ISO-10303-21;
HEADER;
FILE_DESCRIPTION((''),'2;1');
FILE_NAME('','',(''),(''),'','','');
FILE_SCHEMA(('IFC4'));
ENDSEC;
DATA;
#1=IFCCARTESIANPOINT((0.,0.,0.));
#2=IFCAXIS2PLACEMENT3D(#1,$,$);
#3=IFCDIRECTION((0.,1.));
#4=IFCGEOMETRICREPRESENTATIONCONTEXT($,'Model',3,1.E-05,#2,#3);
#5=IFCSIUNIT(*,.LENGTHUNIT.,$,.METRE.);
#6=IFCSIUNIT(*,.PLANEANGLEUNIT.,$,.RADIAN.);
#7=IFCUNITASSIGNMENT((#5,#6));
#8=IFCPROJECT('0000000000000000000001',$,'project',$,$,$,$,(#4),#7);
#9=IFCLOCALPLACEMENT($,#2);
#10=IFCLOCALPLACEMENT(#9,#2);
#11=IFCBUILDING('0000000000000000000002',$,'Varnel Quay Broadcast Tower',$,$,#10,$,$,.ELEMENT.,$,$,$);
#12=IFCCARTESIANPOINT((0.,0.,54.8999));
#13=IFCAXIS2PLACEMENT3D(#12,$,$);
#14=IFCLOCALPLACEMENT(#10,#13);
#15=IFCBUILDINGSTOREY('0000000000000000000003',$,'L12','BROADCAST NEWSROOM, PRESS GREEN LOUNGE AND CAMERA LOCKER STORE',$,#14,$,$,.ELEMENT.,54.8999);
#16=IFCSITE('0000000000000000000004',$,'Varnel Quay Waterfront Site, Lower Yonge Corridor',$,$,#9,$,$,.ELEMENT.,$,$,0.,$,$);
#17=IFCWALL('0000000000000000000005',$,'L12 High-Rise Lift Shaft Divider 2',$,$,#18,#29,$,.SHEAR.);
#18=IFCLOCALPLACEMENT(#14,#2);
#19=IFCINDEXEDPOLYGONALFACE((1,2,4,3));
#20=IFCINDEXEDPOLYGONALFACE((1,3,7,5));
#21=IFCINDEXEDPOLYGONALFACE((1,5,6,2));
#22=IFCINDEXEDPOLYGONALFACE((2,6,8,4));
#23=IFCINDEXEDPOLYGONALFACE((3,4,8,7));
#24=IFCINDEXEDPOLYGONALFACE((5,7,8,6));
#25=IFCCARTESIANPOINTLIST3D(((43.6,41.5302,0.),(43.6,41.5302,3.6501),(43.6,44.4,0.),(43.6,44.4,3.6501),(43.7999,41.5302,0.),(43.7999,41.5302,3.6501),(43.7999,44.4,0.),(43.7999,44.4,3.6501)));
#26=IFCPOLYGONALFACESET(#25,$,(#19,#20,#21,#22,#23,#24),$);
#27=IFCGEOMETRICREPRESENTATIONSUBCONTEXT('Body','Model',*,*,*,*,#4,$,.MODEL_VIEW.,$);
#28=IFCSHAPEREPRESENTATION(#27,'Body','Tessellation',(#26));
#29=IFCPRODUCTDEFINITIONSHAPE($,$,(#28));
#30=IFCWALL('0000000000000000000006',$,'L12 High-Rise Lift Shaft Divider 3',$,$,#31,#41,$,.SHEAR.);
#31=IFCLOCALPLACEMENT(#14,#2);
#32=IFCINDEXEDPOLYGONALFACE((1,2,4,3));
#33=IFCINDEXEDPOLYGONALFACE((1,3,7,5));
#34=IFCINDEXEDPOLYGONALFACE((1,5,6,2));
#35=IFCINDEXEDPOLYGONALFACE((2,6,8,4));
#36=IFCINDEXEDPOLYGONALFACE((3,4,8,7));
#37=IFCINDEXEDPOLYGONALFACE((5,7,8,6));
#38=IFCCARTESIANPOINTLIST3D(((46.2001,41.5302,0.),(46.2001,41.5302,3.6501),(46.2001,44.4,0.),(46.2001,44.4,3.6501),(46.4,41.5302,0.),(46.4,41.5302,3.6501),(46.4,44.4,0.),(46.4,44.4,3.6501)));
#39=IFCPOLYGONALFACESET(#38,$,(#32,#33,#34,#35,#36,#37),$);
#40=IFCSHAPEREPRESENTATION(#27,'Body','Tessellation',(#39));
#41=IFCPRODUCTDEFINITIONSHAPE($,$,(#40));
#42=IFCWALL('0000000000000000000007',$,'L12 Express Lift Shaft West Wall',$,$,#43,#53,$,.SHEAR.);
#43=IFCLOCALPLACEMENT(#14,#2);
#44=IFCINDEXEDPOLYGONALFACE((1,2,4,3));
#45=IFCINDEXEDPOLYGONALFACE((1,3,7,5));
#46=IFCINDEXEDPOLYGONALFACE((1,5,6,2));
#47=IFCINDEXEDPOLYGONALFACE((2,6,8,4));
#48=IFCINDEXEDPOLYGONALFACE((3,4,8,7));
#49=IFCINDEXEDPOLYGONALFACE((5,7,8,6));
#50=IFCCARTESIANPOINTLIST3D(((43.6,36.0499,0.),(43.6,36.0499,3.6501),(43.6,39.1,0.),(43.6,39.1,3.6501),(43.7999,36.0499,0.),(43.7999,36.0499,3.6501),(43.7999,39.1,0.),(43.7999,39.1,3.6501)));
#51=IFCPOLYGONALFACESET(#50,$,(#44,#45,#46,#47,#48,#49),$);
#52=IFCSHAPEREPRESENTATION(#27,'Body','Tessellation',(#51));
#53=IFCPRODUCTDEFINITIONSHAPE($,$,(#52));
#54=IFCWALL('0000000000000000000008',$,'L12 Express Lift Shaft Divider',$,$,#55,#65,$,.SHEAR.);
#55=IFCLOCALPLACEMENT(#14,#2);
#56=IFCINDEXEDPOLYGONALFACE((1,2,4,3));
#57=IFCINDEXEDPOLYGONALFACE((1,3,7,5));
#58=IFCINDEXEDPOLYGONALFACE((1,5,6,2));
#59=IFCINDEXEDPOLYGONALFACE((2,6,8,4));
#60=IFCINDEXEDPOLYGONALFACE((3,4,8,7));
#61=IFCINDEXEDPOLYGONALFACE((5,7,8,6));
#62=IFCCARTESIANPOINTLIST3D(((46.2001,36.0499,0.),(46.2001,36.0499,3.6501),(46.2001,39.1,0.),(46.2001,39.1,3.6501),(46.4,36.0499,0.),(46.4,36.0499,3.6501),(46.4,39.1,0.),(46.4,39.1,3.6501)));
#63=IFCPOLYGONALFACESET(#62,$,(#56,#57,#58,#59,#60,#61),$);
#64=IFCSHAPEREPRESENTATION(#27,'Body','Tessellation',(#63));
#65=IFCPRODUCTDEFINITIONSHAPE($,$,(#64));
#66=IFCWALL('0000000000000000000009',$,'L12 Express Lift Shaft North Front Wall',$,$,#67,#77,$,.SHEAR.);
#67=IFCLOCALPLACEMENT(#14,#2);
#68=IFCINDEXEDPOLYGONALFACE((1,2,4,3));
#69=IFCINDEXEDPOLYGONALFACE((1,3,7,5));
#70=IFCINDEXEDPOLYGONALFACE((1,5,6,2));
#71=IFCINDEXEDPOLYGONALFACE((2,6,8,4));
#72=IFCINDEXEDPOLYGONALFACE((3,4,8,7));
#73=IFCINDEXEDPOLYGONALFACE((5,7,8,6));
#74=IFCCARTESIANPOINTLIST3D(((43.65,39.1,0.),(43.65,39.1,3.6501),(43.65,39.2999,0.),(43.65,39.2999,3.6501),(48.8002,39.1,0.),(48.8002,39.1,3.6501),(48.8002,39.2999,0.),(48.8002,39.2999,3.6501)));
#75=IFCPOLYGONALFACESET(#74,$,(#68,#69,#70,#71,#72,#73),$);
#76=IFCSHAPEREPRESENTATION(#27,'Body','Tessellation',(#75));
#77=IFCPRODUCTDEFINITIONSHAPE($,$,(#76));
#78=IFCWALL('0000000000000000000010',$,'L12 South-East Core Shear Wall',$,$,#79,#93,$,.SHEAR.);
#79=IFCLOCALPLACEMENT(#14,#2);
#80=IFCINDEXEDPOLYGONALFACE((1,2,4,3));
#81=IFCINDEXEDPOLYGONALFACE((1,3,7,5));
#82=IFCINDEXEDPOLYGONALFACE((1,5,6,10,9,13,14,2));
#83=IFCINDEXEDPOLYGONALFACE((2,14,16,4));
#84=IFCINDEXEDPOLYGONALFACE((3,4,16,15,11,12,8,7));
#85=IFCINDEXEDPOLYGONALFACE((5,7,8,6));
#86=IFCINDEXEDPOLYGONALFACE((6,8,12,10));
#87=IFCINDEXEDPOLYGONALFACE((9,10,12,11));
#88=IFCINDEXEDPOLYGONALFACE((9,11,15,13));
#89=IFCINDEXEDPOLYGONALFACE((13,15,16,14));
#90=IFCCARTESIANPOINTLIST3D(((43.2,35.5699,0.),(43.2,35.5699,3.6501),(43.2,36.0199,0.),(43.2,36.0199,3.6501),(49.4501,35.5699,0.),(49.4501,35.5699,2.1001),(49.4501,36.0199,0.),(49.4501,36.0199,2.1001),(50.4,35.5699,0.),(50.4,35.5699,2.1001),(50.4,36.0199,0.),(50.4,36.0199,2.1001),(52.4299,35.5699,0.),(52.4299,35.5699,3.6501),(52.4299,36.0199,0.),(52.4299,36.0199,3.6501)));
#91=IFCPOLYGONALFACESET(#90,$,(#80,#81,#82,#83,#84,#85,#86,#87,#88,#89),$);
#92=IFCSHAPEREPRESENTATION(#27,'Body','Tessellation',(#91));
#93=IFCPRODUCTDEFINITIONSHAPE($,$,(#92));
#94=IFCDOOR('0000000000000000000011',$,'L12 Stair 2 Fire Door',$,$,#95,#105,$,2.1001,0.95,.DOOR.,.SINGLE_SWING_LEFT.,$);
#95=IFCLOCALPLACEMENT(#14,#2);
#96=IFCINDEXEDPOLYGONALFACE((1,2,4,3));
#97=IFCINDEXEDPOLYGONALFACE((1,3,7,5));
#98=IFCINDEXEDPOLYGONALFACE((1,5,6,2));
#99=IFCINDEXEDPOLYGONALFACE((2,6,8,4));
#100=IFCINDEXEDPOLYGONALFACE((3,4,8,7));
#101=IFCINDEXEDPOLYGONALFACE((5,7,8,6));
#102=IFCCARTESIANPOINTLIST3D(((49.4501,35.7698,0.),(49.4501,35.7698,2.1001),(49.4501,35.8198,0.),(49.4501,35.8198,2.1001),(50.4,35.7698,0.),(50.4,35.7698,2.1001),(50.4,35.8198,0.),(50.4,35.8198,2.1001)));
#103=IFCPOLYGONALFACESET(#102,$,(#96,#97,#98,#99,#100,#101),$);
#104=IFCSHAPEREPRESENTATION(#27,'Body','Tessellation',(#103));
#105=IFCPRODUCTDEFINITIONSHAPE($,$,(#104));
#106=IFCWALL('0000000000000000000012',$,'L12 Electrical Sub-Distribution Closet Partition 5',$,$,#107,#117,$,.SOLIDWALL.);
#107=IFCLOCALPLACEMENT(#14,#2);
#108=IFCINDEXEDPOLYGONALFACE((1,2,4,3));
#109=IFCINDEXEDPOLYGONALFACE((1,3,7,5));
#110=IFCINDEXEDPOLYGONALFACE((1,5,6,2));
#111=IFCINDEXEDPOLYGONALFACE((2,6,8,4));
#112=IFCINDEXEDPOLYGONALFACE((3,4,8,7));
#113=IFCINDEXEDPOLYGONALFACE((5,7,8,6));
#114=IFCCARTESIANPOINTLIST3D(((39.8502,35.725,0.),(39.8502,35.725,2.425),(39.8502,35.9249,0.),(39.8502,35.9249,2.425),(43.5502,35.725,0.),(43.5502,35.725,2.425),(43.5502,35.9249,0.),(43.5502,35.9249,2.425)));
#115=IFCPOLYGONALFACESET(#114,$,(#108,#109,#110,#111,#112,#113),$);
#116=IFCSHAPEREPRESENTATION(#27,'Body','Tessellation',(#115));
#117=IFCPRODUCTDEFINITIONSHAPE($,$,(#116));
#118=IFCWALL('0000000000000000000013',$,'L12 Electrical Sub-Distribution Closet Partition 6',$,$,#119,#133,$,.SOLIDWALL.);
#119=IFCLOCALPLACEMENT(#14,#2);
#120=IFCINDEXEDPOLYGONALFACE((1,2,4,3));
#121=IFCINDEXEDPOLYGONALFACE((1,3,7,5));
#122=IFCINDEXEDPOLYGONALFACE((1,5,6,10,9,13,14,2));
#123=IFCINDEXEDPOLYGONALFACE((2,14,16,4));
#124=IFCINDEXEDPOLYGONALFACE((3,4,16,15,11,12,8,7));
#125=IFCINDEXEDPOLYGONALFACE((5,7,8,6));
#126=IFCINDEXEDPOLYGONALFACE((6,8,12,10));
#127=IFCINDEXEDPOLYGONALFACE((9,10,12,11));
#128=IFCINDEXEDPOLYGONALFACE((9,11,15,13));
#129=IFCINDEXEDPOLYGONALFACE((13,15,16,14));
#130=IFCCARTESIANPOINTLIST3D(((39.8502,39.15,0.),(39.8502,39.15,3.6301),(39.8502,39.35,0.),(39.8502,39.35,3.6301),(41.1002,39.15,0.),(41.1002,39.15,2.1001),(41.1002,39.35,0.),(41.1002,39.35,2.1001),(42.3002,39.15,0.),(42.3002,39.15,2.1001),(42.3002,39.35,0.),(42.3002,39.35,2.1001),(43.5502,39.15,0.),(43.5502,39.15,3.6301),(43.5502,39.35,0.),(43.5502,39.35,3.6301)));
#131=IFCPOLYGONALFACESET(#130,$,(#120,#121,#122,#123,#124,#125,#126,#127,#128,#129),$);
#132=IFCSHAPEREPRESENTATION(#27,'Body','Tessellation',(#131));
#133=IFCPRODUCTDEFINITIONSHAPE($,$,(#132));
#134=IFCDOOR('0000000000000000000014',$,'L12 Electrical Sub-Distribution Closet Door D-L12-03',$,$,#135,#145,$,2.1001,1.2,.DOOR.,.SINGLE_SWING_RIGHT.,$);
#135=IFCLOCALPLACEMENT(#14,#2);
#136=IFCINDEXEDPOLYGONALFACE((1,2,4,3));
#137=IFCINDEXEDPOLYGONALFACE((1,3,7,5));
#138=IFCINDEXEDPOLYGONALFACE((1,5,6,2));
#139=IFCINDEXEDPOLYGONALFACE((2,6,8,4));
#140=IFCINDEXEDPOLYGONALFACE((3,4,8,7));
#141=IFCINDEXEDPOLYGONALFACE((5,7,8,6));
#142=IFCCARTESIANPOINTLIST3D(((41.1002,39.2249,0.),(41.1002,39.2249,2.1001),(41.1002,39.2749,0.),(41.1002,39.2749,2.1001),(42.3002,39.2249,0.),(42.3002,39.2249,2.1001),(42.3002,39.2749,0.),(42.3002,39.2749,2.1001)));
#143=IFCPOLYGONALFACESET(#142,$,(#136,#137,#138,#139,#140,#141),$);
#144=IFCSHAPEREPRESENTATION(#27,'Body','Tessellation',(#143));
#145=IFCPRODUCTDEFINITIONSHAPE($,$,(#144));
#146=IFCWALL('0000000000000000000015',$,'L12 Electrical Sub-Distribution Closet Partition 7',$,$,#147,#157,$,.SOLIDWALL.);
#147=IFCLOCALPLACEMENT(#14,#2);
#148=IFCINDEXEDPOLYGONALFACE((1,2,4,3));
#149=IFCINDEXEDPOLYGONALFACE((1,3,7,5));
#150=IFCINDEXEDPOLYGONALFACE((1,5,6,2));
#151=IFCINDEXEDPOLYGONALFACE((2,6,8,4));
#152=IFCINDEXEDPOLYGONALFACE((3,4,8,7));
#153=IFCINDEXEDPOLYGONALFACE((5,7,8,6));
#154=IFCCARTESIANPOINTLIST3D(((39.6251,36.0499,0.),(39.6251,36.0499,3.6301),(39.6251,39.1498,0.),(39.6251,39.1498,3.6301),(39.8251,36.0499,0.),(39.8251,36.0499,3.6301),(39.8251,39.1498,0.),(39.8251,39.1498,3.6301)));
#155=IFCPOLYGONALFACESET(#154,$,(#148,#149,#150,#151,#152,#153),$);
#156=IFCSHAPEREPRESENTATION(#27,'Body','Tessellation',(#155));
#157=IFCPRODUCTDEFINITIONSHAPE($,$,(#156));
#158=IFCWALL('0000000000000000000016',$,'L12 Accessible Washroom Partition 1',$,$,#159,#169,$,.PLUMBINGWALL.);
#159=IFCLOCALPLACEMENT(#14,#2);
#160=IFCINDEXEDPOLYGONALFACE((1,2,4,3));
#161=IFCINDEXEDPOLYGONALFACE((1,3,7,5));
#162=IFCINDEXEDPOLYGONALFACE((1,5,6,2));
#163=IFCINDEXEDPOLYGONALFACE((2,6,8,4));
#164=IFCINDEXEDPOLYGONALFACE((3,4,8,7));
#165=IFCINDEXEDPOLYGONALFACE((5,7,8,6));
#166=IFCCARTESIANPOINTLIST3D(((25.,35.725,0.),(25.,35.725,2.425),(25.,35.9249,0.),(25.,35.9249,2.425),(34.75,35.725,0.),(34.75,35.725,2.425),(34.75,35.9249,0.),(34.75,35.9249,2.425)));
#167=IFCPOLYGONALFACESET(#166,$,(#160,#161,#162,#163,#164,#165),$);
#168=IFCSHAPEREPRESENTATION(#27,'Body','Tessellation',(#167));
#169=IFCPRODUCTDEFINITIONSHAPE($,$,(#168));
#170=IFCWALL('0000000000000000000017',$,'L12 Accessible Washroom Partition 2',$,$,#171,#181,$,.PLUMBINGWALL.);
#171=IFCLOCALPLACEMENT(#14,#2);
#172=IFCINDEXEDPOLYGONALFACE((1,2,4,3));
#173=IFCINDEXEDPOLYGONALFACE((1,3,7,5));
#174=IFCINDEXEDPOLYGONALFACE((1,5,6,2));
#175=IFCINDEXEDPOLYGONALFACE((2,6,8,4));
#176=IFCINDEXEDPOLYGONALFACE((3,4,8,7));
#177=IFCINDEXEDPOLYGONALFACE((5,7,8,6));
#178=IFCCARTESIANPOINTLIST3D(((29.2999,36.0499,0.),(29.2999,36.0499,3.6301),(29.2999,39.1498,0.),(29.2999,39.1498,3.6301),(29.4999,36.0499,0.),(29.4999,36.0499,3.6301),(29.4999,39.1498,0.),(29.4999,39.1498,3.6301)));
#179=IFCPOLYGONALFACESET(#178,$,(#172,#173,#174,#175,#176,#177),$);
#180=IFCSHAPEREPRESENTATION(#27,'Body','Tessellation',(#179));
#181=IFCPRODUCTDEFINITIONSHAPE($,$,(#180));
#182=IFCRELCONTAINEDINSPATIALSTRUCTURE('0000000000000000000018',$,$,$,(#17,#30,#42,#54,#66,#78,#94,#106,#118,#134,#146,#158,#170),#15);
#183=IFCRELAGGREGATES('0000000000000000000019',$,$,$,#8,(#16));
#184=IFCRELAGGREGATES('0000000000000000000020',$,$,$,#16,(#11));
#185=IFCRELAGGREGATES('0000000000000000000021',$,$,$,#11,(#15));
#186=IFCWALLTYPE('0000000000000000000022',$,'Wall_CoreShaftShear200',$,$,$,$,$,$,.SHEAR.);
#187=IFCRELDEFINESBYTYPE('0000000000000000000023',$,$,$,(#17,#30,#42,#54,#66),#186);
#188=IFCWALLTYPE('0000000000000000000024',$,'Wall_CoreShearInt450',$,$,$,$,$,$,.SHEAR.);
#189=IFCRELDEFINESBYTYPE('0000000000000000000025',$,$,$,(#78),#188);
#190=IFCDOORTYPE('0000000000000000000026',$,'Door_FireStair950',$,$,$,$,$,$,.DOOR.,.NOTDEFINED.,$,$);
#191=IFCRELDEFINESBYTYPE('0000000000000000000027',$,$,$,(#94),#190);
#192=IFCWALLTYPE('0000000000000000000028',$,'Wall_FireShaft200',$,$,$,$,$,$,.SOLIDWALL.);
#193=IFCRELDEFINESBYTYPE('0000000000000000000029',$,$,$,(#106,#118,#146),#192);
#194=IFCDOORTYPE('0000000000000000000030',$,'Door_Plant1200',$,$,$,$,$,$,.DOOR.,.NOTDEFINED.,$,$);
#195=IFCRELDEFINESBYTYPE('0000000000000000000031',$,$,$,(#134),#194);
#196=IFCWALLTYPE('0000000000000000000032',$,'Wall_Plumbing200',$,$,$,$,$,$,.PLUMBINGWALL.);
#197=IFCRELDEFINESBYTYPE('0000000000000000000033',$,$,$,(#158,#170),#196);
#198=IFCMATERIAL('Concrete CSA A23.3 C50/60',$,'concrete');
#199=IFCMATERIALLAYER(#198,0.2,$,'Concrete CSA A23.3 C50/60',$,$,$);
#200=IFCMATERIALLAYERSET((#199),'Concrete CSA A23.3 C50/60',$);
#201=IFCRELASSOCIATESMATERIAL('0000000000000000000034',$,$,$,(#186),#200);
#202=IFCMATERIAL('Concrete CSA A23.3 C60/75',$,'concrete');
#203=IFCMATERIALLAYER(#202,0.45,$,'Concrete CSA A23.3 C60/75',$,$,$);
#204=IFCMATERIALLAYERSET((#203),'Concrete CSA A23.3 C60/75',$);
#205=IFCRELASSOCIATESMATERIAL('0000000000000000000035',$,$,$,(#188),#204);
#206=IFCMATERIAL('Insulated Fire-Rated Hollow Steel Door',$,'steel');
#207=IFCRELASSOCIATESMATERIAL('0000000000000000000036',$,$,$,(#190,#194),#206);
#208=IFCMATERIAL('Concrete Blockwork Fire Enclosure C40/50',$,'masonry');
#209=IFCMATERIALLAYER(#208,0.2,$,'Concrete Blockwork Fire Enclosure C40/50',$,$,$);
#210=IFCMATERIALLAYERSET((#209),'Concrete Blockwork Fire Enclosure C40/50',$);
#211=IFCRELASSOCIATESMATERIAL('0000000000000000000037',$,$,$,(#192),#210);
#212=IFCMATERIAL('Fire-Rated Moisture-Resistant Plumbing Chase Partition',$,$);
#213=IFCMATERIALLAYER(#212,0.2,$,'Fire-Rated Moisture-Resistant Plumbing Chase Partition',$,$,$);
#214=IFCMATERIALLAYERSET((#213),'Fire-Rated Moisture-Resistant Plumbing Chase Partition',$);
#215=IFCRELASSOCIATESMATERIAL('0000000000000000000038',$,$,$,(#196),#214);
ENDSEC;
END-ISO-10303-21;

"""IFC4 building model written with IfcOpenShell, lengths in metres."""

from ifc_helpers import new_model, si_unit, direction, frame, frame_2d, origin, place, context, subcontext, project, spatial, rectangle, extrude, source, transform, mapped, material, layer, layer_set, type_object, type_shapes, element, fill, save


model = new_model("IFC4")

# Units and contexts
model_context = context("Model", 3, precision=1e-05, world=origin(), true_north=direction((0.0, 1.0)))
body_context = subcontext(model_context, "Body", "Model", "MODEL_VIEW")
ifc_project = project(units=[si_unit("LENGTHUNIT", "METRE"), si_unit("PLANEANGLEUNIT", "RADIAN")], contexts=[model_context])

# Site, building, storey
site_placement = place(None, origin())
site = spatial("IfcSite", under=ifc_project, at=site_placement, Name="Varnel Quay Waterfront Site, Lower Yonge Corridor", CompositionType="ELEMENT", RefElevation=0.0)
building_placement = place(site_placement, origin())
building = spatial("IfcBuilding", under=site, at=building_placement, Name="Varnel Quay Broadcast Tower", CompositionType="ELEMENT")
storey_placement = place(building_placement, frame((0.0, 0.0, 54.8999)))
storey = spatial("IfcBuildingStorey", under=building, at=storey_placement, Name="L12", Description="BROADCAST NEWSROOM, PRESS GREEN LOUNGE AND CAMERA LOCKER STORE", CompositionType="ELEMENT", Elevation=54.8999)

# Shared definitions
ifc_material_1 = material(Name="Concrete CSA A23.3 C60/75", Category="concrete")

# Walls
ifc_material_2 = material(Name="Concrete CSA A23.3 C50/60", Category="concrete")
ifc_layer_1 = layer(ifc_material_2, 0.2, Name="Concrete CSA A23.3 C50/60")
ifc_layer_set_1 = layer_set([ifc_layer_1], Name="Concrete CSA A23.3 C50/60")
wall_type_1 = type_object("IfcWallType", Name="Wall_CoreShaftShear200", PredefinedType="SHEAR", material=ifc_layer_set_1)
for number, where, z_axis, x_axis, name in (
    (1, (43.7, 41.53, 0.0), (0.0, 0.0, 1.0), (0.0, 1.0, 0.0), "L12 High-Rise Lift Shaft Divider 2"),
    (2, (46.3, 41.53, 0.0), (0.0, 0.0, 1.0), (0.0, 1.0, 0.0), "L12 High-Rise Lift Shaft Divider 3"),
):
    element("IfcWall", number, at=place(storey_placement, frame(where, z_axis=z_axis, x_axis=x_axis)), inside=storey, type_object=wall_type_1, Name=name, PredefinedType="SHEAR", context=body_context, shape_type="SweptSolid", body=[
        extrude(rectangle(XDim=2.8699, YDim=0.2, at=frame_2d((1.4351, 0.0))), origin(), (0.0, 0.0, 1.0), 3.6501),
    ])
for number, where, z_axis, x_axis, name in (
    (3, (43.7, 36.05, 0.0), (0.0, 0.0, 1.0), (0.0, 1.0, 0.0), "L12 Express Lift Shaft West Wall"),
    (4, (46.3, 36.05, 0.0), (0.0, 0.0, 1.0), (0.0, 1.0, 0.0), "L12 Express Lift Shaft Divider"),
):
    element("IfcWall", number, at=place(storey_placement, frame(where, z_axis=z_axis, x_axis=x_axis)), inside=storey, type_object=wall_type_1, Name=name, PredefinedType="SHEAR", context=body_context, shape_type="SweptSolid", body=[
        extrude(rectangle(XDim=3.05, YDim=0.2, at=frame_2d((1.5249, 0.0))), origin(), (0.0, 0.0, 1.0), 3.6501),
    ])
wall_1_placement = place(storey_placement, frame((43.6499, 39.2, 0.0), z_axis=(0.0, 0.0, 1.0), x_axis=(1.0, 0.0, 0.0)))
element("IfcWall", 5, at=wall_1_placement, inside=storey, type_object=wall_type_1, Name="L12 Express Lift Shaft North Front Wall", PredefinedType="SHEAR", context=body_context, shape_type="SweptSolid", body=[
    extrude(rectangle(XDim=5.1501, YDim=0.2, at=frame_2d((2.5752, 0.0))), origin(), (0.0, 0.0, 1.0), 3.6501),
])

# Wall, opening, door
ifc_layer_2 = layer(ifc_material_1, 0.45, Name="Concrete CSA A23.3 C60/75")
ifc_layer_set_2 = layer_set([ifc_layer_2], Name="Concrete CSA A23.3 C60/75")
wall_type_2 = type_object("IfcWallType", Name="Wall_CoreShearInt450", PredefinedType="SHEAR", material=ifc_layer_set_2)
wall_2_placement = place(storey_placement, frame((43.2, 35.7949, 0.0), z_axis=(0.0, 0.0, 1.0), x_axis=(1.0, 0.0, 0.0)))
wall_2 = element("IfcWall", 6, at=wall_2_placement, inside=storey, type_object=wall_type_2, Name="L12 South-East Core Shear Wall", PredefinedType="SHEAR", context=body_context, shape_type="SweptSolid", body=[
    extrude(rectangle(XDim=9.23, YDim=0.45, at=frame_2d((4.615, 0.0))), origin(), (0.0, 0.0, 1.0), 3.6501),
])
opening_1_placement = place(wall_2_placement, frame((6.25, 0.0, 0.0)))
opening_1 = element("IfcOpeningElement", 7, at=opening_1_placement, cuts=wall_2, PredefinedType="OPENING", context=body_context, shape_type="SweptSolid", body=[
    extrude(rectangle(XDim=0.95, YDim=2.1001, at=frame_2d((0.4751, 1.05))), frame((0.0, 0.2349, 0.0), z_axis=(0.0, -1.0, 0.0), x_axis=(1.0, 0.0, 0.0)), (0.0, 0.0, 1.0), 0.47),
])
ifc_material_3 = material(Name="Insulated Fire-Rated Hollow Steel Door", Category="steel")
door_type_1 = type_object("IfcDoorType", Name="Door_FireStair950", OperationType="NOTDEFINED", PredefinedType="DOOR", material=ifc_material_3)
shared_shape_1 = source(origin(), body_context, "Body", "SweptSolid", [
    extrude(rectangle(XDim=0.95, YDim=2.1001, at=frame_2d((0.4751, 1.05))), frame((0.0, 0.0249, 0.0), z_axis=(0.0, -1.0, 0.0), x_axis=(1.0, 0.0, 0.0)), (0.0, 0.0, 1.0), 0.05),
])
type_shapes(door_type_1, [shared_shape_1])
door_1_placement = place(opening_1_placement, origin())
door_1 = element("IfcDoor", 8, at=door_1_placement, inside=storey, type_object=door_type_1, Name="L12 Stair 2 Fire Door", OperationType="SINGLE_SWING_LEFT", OverallHeight=2.1001, OverallWidth=0.95, PredefinedType="DOOR", context=body_context, shape_type="MappedRepresentation", body=[
    mapped(shared_shape_1, transform((0.0, 0.0, 0.0), x_axis=(1.0, 0.0, 0.0), y_axis=(0.0, 1.0, 0.0), z_axis=(0.0, 0.0, 1.0), scale=1.0)),
])
fill(opening_1, door_1)

# Wall
ifc_material_4 = material(Name="Concrete Blockwork Fire Enclosure C40/50", Category="masonry")
ifc_layer_3 = layer(ifc_material_4, 0.2, Name="Concrete Blockwork Fire Enclosure C40/50")
ifc_layer_set_3 = layer_set([ifc_layer_3], Name="Concrete Blockwork Fire Enclosure C40/50")
wall_type_3 = type_object("IfcWallType", Name="Wall_FireShaft200", PredefinedType="SOLIDWALL", material=ifc_layer_set_3)
wall_3_placement = place(storey_placement, frame((39.8501, 35.825, 0.0), z_axis=(0.0, 0.0, 1.0), x_axis=(1.0, 0.0, 0.0)))
element("IfcWall", 9, at=wall_3_placement, inside=storey, type_object=wall_type_3, Name="L12 Electrical Sub-Distribution Closet Partition 5", PredefinedType="SOLIDWALL", context=body_context, shape_type="SweptSolid", body=[
    extrude(rectangle(XDim=3.7, YDim=0.2, at=frame_2d((1.8501, 0.0))), origin(), (0.0, 0.0, 1.0), 2.425),
])

# Wall, opening, door
wall_4_placement = place(storey_placement, frame((39.8501, 39.25, 0.0), z_axis=(0.0, 0.0, 1.0), x_axis=(1.0, 0.0, 0.0)))
wall_4 = element("IfcWall", 10, at=wall_4_placement, inside=storey, type_object=wall_type_3, Name="L12 Electrical Sub-Distribution Closet Partition 6", PredefinedType="SOLIDWALL", context=body_context, shape_type="SweptSolid", body=[
    extrude(rectangle(XDim=3.7, YDim=0.2, at=frame_2d((1.8501, 0.0))), origin(), (0.0, 0.0, 1.0), 3.6301),
])
opening_2_placement = place(wall_4_placement, frame((1.25, 0.0, 0.0)))
opening_2 = element("IfcOpeningElement", 11, at=opening_2_placement, cuts=wall_4, PredefinedType="OPENING", context=body_context, shape_type="SweptSolid", body=[
    extrude(rectangle(XDim=1.2, YDim=2.1001, at=frame_2d((0.6001, 1.05))), frame((0.0, 0.1099, 0.0), z_axis=(0.0, -1.0, 0.0), x_axis=(1.0, 0.0, 0.0)), (0.0, 0.0, 1.0), 0.22),
])
door_type_2 = type_object("IfcDoorType", Name="Door_Plant1200", OperationType="NOTDEFINED", PredefinedType="DOOR", material=ifc_material_3)
shared_shape_2 = source(origin(), body_context, "Body", "SweptSolid", [
    extrude(rectangle(XDim=1.2, YDim=2.1001, at=frame_2d((0.6001, 1.05))), frame((0.0, 0.0249, 0.0), z_axis=(0.0, -1.0, 0.0), x_axis=(1.0, 0.0, 0.0)), (0.0, 0.0, 1.0), 0.05),
])
type_shapes(door_type_2, [shared_shape_2])
door_2_placement = place(opening_2_placement, origin())
door_2 = element("IfcDoor", 12, at=door_2_placement, inside=storey, type_object=door_type_2, Name="L12 Electrical Sub-Distribution Closet Door D-L12-03", OperationType="SINGLE_SWING_RIGHT", OverallHeight=2.1001, OverallWidth=1.2, PredefinedType="DOOR", context=body_context, shape_type="MappedRepresentation", body=[
    mapped(shared_shape_2, transform((0.0, 0.0, 0.0), x_axis=(1.0, 0.0, 0.0), y_axis=(0.0, 1.0, 0.0), z_axis=(0.0, 0.0, 1.0), scale=1.0)),
])
fill(opening_2, door_2)

# Walls
wall_5_placement = place(storey_placement, frame((39.7251, 36.05, 0.0), z_axis=(0.0, 0.0, 1.0), x_axis=(0.0, 1.0, 0.0)))
element("IfcWall", 13, at=wall_5_placement, inside=storey, type_object=wall_type_3, Name="L12 Electrical Sub-Distribution Closet Partition 7", PredefinedType="SOLIDWALL", context=body_context, shape_type="SweptSolid", body=[
    extrude(rectangle(XDim=3.0999, YDim=0.2, at=frame_2d((1.5498, 0.0))), origin(), (0.0, 0.0, 1.0), 3.6301),
])
ifc_material_5 = material(Name="Fire-Rated Moisture-Resistant Plumbing Chase Partition")
ifc_layer_4 = layer(ifc_material_5, 0.2, Name="Fire-Rated Moisture-Resistant Plumbing Chase Partition")
ifc_layer_set_4 = layer_set([ifc_layer_4], Name="Fire-Rated Moisture-Resistant Plumbing Chase Partition")
wall_type_4 = type_object("IfcWallType", Name="Wall_Plumbing200", PredefinedType="PLUMBINGWALL", material=ifc_layer_set_4)
wall_6_placement = place(storey_placement, frame((25.0, 35.825, 0.0), z_axis=(0.0, 0.0, 1.0), x_axis=(1.0, 0.0, 0.0)))
element("IfcWall", 14, at=wall_6_placement, inside=storey, type_object=wall_type_4, Name="L12 Accessible Washroom Partition 1", PredefinedType="PLUMBINGWALL", context=body_context, shape_type="SweptSolid", body=[
    extrude(rectangle(XDim=9.75, YDim=0.2, at=frame_2d((4.875, 0.0))), origin(), (0.0, 0.0, 1.0), 2.425),
])
wall_7_placement = place(storey_placement, frame((29.3999, 36.05, 0.0), z_axis=(0.0, 0.0, 1.0), x_axis=(0.0, 1.0, 0.0)))
element("IfcWall", 15, at=wall_7_placement, inside=storey, type_object=wall_type_4, Name="L12 Accessible Washroom Partition 2", PredefinedType="PLUMBINGWALL", context=body_context, shape_type="SweptSolid", body=[
    extrude(rectangle(XDim=3.0999, YDim=0.2, at=frame_2d((1.5498, 0.0))), origin(), (0.0, 0.0, 1.0), 3.6301),
])

save(model, "model.ifc")
